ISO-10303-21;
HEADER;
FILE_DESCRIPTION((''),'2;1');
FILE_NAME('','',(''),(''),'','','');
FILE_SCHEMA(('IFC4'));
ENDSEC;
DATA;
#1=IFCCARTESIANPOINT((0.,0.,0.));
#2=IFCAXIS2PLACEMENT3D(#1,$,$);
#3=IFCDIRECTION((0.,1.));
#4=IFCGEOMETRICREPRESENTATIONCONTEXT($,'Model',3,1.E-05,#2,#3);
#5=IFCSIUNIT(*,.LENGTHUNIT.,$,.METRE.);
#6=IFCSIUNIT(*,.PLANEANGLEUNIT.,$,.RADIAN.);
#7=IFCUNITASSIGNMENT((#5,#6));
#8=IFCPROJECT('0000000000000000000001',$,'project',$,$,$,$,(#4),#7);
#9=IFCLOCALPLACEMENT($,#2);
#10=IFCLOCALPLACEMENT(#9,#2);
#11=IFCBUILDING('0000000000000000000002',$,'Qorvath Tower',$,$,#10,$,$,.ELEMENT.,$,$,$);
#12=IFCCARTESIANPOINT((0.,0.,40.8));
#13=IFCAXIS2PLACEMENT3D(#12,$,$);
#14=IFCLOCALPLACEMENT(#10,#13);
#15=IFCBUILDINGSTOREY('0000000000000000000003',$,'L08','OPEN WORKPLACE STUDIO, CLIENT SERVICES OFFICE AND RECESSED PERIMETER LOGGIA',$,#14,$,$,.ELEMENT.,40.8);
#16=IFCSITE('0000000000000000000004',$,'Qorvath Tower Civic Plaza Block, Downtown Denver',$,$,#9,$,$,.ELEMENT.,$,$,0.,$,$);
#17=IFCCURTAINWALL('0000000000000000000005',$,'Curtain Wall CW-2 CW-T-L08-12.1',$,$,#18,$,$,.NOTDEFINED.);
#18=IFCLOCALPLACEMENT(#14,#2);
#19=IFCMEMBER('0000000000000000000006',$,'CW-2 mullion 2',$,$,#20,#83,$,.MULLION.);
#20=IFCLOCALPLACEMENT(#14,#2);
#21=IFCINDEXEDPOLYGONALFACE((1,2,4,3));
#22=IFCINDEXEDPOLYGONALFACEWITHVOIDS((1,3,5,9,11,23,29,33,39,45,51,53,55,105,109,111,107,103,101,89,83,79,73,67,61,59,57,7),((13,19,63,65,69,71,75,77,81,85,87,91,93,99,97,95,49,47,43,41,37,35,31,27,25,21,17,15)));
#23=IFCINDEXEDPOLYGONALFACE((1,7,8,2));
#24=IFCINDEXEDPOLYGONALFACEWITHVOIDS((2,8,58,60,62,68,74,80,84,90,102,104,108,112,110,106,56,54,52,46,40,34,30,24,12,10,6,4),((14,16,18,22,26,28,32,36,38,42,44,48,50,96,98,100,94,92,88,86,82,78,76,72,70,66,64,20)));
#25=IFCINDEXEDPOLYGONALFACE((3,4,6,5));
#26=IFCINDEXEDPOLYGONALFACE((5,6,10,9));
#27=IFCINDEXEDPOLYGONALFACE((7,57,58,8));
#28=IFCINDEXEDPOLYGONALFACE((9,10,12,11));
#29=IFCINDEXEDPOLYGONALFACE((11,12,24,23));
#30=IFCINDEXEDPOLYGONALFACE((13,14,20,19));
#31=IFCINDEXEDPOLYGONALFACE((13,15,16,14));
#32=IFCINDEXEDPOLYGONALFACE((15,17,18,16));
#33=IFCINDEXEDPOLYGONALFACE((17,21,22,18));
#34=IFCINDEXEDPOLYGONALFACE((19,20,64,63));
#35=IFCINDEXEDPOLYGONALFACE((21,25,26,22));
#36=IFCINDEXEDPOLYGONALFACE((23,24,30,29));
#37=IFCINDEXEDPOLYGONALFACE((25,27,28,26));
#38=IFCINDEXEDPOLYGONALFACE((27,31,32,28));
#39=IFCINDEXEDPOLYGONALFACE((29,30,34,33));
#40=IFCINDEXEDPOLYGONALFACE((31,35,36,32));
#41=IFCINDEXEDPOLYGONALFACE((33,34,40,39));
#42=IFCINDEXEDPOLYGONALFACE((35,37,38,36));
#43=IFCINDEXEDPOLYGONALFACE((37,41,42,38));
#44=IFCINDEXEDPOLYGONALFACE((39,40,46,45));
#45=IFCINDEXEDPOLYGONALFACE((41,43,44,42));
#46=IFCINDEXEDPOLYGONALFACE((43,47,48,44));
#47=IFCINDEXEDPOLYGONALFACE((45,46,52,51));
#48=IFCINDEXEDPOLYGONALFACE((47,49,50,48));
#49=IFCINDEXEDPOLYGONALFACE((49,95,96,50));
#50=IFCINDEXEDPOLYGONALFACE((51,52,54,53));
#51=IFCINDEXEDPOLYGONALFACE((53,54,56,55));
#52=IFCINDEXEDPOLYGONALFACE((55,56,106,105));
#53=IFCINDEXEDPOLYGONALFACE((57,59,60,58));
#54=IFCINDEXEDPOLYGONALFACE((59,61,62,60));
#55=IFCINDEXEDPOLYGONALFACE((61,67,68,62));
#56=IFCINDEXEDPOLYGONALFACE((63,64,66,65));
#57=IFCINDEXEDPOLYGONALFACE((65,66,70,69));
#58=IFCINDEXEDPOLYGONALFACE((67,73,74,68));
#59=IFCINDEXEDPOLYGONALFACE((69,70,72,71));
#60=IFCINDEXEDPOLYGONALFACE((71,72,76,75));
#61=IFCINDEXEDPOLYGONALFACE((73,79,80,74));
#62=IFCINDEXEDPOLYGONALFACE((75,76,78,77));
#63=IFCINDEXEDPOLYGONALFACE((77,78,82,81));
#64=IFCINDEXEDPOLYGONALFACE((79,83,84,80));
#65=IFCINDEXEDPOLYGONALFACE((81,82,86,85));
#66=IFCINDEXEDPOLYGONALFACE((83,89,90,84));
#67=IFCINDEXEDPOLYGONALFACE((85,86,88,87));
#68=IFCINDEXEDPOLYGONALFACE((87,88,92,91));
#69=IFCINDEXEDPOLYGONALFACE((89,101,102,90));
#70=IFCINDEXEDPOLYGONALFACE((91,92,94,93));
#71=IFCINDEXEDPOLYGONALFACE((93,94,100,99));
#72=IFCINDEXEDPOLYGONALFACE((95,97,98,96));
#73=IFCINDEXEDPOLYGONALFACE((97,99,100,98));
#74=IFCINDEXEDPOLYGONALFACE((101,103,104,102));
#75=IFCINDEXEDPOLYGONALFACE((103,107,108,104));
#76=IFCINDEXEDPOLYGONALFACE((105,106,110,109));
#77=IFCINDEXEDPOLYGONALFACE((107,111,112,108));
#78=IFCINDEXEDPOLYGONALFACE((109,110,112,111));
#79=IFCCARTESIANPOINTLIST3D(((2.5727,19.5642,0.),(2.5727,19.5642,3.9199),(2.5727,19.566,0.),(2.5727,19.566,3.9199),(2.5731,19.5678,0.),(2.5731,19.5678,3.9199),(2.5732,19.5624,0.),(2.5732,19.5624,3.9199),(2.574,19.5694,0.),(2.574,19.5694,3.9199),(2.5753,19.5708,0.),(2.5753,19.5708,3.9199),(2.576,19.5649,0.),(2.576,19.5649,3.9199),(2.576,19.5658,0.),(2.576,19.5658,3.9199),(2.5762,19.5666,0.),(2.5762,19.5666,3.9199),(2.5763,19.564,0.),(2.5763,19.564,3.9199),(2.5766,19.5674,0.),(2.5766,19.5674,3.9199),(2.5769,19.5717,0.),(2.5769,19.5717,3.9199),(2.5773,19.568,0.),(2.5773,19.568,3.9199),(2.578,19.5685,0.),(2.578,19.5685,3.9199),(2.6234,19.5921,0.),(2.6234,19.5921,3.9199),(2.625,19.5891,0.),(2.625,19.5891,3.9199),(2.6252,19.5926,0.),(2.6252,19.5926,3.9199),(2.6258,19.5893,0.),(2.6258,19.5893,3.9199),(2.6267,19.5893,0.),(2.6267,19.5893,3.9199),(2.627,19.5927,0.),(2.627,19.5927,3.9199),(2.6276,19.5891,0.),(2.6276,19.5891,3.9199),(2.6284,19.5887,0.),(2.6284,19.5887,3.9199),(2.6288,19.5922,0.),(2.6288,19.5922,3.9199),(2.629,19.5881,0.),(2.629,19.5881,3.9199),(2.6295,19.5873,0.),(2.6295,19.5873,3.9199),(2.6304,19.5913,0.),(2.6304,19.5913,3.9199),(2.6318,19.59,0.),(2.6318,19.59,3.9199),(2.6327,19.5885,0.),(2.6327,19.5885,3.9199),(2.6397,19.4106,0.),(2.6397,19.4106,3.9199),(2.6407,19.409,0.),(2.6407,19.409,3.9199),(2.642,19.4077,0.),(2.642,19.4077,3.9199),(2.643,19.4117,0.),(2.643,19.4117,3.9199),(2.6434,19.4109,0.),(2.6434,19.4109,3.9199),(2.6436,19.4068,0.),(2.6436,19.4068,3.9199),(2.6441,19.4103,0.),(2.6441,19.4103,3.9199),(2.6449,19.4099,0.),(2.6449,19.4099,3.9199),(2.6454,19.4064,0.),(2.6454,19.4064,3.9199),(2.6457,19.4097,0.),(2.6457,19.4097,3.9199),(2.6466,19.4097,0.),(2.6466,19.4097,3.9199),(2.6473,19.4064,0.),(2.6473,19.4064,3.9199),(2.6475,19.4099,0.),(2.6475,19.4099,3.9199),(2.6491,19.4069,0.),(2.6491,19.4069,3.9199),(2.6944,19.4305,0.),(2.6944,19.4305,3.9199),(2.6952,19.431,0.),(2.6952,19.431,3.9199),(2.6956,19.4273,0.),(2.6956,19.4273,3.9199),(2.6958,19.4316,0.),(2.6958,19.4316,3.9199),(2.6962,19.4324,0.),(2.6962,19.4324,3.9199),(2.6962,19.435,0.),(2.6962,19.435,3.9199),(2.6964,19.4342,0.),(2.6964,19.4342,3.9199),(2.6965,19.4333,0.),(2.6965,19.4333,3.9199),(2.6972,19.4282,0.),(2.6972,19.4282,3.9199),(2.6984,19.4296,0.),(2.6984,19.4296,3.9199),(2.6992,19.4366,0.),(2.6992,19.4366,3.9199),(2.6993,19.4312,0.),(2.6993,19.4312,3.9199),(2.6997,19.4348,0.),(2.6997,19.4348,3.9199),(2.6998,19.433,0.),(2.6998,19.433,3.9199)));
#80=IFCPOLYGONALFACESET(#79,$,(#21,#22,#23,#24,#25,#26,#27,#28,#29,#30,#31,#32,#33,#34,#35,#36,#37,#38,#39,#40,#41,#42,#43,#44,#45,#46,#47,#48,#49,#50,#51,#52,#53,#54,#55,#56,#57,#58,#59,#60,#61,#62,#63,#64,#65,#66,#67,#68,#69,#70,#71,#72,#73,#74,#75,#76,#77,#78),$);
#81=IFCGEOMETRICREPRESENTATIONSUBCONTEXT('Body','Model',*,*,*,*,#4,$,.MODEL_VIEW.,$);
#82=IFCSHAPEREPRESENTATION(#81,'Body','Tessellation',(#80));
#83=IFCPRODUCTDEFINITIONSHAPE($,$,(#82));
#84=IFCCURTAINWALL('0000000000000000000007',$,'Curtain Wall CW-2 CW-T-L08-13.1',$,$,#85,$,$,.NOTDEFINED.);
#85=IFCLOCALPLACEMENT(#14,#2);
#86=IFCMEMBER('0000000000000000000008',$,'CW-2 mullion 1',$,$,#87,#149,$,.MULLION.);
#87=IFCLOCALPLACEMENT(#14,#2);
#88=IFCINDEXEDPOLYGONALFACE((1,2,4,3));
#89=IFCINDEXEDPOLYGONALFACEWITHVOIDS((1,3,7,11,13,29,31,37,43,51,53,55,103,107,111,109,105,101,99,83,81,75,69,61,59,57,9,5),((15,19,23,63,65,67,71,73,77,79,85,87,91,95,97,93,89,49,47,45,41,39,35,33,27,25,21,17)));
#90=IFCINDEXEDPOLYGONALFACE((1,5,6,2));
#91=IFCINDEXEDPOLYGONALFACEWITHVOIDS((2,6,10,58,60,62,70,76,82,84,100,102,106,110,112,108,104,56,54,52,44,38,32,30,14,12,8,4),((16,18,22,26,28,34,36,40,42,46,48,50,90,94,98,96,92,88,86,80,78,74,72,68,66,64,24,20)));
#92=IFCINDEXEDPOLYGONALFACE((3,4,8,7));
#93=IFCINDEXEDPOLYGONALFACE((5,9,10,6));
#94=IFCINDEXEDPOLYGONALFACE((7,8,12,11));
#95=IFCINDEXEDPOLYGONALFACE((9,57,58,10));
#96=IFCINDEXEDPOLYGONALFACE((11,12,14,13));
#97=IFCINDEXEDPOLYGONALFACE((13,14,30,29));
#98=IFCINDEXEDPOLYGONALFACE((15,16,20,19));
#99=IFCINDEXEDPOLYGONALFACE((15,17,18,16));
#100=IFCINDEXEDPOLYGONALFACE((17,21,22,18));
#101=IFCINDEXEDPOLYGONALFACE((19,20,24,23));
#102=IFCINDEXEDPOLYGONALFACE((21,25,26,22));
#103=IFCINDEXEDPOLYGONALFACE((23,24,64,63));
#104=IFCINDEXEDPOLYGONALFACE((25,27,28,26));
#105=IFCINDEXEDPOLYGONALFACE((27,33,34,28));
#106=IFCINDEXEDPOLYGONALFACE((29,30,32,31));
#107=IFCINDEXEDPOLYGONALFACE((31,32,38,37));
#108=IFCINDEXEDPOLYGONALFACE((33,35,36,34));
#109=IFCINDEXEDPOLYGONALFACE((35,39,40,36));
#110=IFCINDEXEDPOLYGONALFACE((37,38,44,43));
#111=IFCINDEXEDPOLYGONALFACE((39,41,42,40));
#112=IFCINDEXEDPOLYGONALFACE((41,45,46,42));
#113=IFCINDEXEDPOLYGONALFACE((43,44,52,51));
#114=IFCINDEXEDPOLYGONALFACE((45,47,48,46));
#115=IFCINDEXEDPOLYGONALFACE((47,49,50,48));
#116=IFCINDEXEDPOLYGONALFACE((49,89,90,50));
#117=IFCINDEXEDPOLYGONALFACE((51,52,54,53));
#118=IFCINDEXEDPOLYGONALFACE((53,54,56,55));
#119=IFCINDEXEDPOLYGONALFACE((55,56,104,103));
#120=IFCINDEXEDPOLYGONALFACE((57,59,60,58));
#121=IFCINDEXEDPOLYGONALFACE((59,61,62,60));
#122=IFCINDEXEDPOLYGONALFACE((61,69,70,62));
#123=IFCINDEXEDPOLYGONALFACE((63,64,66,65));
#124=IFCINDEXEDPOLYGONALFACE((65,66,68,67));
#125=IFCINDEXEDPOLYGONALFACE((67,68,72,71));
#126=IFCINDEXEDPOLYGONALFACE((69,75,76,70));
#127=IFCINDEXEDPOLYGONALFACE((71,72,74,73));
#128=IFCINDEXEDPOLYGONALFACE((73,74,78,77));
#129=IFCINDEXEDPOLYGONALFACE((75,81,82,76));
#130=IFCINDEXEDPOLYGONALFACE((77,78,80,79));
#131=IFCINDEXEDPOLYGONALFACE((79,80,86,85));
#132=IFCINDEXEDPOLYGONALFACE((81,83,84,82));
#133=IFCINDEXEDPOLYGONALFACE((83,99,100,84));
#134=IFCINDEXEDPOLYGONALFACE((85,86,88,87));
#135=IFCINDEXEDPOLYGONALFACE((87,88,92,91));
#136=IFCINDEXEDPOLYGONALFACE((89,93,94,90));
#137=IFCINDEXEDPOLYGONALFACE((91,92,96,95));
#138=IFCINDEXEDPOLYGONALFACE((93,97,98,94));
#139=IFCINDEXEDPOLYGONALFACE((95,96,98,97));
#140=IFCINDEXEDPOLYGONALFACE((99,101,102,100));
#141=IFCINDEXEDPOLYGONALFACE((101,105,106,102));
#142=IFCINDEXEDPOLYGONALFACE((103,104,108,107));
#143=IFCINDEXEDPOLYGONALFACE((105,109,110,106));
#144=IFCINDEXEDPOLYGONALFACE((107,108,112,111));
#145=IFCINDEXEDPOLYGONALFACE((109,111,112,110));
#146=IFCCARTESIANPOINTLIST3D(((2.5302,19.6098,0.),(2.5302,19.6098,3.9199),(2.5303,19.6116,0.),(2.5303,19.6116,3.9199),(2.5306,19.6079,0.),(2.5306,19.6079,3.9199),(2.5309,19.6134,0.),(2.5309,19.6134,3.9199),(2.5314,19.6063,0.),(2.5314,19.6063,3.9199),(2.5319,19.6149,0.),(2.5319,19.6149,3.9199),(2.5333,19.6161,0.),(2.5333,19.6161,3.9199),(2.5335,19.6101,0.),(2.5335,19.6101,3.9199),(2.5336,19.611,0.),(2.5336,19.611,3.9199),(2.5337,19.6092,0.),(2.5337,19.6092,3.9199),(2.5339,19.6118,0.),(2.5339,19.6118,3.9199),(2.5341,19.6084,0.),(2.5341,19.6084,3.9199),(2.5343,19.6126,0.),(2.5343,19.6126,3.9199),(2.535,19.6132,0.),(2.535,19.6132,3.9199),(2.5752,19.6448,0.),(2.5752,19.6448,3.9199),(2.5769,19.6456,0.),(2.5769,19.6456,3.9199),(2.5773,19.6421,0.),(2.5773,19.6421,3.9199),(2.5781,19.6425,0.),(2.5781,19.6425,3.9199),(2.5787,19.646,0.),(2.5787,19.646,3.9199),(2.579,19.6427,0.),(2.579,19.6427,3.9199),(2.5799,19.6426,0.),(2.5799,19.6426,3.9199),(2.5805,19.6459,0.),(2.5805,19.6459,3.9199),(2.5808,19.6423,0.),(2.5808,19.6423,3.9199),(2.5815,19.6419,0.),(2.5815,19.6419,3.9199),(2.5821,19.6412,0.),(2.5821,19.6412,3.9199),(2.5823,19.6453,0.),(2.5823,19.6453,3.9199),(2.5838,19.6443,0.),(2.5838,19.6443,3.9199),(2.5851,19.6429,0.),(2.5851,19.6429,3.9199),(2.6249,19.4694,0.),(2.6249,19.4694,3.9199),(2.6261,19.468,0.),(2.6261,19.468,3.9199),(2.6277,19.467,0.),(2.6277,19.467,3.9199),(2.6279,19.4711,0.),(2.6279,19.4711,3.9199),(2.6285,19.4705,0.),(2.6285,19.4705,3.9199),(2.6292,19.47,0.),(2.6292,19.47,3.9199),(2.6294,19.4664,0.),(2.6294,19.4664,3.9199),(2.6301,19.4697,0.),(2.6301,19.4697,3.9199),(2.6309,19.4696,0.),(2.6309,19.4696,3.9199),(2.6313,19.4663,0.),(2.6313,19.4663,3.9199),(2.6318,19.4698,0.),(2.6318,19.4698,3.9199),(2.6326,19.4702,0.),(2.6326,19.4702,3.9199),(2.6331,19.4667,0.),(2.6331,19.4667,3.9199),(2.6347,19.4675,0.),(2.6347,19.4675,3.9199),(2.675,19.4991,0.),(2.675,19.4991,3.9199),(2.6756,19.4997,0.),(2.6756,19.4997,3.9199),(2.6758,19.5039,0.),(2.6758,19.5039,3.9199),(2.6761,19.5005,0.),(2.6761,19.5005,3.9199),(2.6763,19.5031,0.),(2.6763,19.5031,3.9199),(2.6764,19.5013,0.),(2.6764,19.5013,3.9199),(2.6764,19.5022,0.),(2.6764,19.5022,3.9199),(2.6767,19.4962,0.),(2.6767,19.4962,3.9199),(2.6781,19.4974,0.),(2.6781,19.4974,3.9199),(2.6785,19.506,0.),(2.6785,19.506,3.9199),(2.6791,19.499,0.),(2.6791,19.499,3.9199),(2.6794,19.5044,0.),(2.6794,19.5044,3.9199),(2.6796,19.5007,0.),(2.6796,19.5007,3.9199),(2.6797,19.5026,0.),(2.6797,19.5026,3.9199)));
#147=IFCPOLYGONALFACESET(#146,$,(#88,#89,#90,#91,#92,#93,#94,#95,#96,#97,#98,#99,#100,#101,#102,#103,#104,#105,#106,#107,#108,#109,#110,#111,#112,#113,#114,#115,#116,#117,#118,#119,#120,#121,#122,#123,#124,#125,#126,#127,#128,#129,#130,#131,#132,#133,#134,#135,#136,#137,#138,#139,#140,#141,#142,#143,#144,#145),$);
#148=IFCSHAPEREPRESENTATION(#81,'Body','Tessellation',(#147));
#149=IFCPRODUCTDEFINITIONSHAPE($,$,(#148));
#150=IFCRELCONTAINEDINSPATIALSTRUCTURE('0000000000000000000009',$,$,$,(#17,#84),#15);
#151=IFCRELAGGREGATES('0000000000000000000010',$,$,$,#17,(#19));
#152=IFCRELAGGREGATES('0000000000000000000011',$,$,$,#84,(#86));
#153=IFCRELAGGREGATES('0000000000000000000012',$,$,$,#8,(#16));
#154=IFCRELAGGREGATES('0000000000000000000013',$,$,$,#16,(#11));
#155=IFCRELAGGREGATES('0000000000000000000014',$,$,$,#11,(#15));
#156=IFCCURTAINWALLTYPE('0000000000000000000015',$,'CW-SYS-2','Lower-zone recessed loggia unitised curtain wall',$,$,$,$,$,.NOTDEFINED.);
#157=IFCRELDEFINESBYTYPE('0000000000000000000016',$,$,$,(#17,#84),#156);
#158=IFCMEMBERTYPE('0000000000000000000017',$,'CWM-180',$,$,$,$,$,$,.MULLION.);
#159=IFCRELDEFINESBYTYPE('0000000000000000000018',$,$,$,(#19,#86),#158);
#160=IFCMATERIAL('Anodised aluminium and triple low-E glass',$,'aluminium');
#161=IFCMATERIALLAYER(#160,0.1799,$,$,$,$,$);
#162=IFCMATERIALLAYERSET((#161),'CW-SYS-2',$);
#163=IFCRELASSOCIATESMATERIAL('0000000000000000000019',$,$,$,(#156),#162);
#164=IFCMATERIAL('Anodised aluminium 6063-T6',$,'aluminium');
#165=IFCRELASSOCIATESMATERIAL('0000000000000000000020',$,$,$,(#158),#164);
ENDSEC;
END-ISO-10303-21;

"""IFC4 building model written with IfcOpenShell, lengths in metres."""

from ifc_helpers import new_model, si_unit, direction, frame, origin, origin_2d, place, context, subcontext, project, spatial, hollow_rectangle, extrude, material, layer, layer_set, material_profile, profile_set, type_object, element, aggregate, save


model = new_model("IFC4")

# Units and contexts
model_context = context("Model", 3, precision=1e-05, world=origin(), true_north=direction((0.0, 1.0)))
body_context = subcontext(model_context, "Body", "Model", "MODEL_VIEW")
ifc_project = project(units=[si_unit("LENGTHUNIT", "METRE"), si_unit("PLANEANGLEUNIT", "RADIAN")], contexts=[model_context])

# Site, building, storey
site_placement = place(None, origin())
site = spatial("IfcSite", under=ifc_project, at=site_placement, Name="Qorvath Tower Civic Plaza Block, Downtown Denver", CompositionType="ELEMENT", RefElevation=0.0)
building_placement = place(site_placement, origin())
building = spatial("IfcBuilding", under=site, at=building_placement, Name="Qorvath Tower", CompositionType="ELEMENT")
storey_placement = place(building_placement, frame((0.0, 0.0, 40.8)))
storey = spatial("IfcBuildingStorey", under=building, at=storey_placement, Name="L08", Description="OPEN WORKPLACE STUDIO, CLIENT SERVICES OFFICE AND RECESSED PERIMETER LOGGIA", CompositionType="ELEMENT", Elevation=40.8)

# Shared definitions
ifc_material_1 = material(Name="Anodised aluminium and triple low-E glass", Category="aluminium")
ifc_layer_1 = layer(ifc_material_1, 0.1799)
ifc_layer_set_1 = layer_set([ifc_layer_1], Name="CW-SYS-2")
curtain_wall_type = type_object("IfcCurtainWallType", Name="CW-SYS-2", Description="Lower-zone recessed loggia unitised curtain wall", PredefinedType="NOTDEFINED", material=ifc_layer_set_1)
ifc_material_2 = material(Name="Anodised aluminium 6063-T6", Category="aluminium")
ifc_material_profile_1 = material_profile(ifc_material_2, hollow_rectangle(XDim=0.0649, YDim=0.1799, WallThickness=0.0034, InnerFilletRadius=0.0034, OuterFilletRadius=0.0071, at=origin_2d()), Name="CWM 180x65")
ifc_profile_set_1 = profile_set([ifc_material_profile_1], Name="Anodised aluminium 6063-T6")
member_type_1 = type_object("IfcMemberType", Name="CWM-180", PredefinedType="MULLION", material=ifc_profile_set_1)

# Curtain walls, members
curtain_wall_1_placement = place(storey_placement, origin())
curtain_wall_1 = element("IfcCurtainWall", 1, at=curtain_wall_1_placement, inside=storey, type_object=curtain_wall_type, Name="Curtain Wall CW-2 CW-T-L08-12.1", PredefinedType="NOTDEFINED")
member_1_placement = place(storey_placement, frame((2.6362, 19.4995, 0.0), z_axis=(0.0, 0.0, 1.0), x_axis=(-0.916001, -0.401177, 0.0)))
member_1 = element("IfcMember", 2, at=member_1_placement, type_object=member_type_1, Name="CW-2 mullion 2", PredefinedType="MULLION", context=body_context, shape_type="SweptSolid", body=[
    extrude(hollow_rectangle(XDim=0.0649, YDim=0.1799, WallThickness=0.0034, InnerFilletRadius=0.0034, OuterFilletRadius=0.0071, at=origin_2d()), origin(), (0.0, 0.0, 1.0), 3.9199),
])
curtain_wall_2_placement = place(storey_placement, origin())
curtain_wall_2 = element("IfcCurtainWall", 3, at=curtain_wall_2_placement, inside=storey, type_object=curtain_wall_type, Name="Curtain Wall CW-2 CW-T-L08-13.1", PredefinedType="NOTDEFINED")
member_2_placement = place(storey_placement, frame((2.605, 19.5562, 0.0), z_axis=(0.0, 0.0, 1.0), x_axis=(-0.825849, -0.563891, 0.0)))
member_2 = element("IfcMember", 4, at=member_2_placement, type_object=member_type_1, Name="CW-2 mullion 1", PredefinedType="MULLION", context=body_context, shape_type="SweptSolid", body=[
    extrude(hollow_rectangle(XDim=0.0649, YDim=0.1799, WallThickness=0.0034, InnerFilletRadius=0.0034, OuterFilletRadius=0.0071, at=origin_2d()), origin(), (0.0, 0.0, 1.0), 3.9199),
])

aggregate(curtain_wall_1, [member_1])
aggregate(curtain_wall_2, [member_2])

save(model, "model.ifc")
